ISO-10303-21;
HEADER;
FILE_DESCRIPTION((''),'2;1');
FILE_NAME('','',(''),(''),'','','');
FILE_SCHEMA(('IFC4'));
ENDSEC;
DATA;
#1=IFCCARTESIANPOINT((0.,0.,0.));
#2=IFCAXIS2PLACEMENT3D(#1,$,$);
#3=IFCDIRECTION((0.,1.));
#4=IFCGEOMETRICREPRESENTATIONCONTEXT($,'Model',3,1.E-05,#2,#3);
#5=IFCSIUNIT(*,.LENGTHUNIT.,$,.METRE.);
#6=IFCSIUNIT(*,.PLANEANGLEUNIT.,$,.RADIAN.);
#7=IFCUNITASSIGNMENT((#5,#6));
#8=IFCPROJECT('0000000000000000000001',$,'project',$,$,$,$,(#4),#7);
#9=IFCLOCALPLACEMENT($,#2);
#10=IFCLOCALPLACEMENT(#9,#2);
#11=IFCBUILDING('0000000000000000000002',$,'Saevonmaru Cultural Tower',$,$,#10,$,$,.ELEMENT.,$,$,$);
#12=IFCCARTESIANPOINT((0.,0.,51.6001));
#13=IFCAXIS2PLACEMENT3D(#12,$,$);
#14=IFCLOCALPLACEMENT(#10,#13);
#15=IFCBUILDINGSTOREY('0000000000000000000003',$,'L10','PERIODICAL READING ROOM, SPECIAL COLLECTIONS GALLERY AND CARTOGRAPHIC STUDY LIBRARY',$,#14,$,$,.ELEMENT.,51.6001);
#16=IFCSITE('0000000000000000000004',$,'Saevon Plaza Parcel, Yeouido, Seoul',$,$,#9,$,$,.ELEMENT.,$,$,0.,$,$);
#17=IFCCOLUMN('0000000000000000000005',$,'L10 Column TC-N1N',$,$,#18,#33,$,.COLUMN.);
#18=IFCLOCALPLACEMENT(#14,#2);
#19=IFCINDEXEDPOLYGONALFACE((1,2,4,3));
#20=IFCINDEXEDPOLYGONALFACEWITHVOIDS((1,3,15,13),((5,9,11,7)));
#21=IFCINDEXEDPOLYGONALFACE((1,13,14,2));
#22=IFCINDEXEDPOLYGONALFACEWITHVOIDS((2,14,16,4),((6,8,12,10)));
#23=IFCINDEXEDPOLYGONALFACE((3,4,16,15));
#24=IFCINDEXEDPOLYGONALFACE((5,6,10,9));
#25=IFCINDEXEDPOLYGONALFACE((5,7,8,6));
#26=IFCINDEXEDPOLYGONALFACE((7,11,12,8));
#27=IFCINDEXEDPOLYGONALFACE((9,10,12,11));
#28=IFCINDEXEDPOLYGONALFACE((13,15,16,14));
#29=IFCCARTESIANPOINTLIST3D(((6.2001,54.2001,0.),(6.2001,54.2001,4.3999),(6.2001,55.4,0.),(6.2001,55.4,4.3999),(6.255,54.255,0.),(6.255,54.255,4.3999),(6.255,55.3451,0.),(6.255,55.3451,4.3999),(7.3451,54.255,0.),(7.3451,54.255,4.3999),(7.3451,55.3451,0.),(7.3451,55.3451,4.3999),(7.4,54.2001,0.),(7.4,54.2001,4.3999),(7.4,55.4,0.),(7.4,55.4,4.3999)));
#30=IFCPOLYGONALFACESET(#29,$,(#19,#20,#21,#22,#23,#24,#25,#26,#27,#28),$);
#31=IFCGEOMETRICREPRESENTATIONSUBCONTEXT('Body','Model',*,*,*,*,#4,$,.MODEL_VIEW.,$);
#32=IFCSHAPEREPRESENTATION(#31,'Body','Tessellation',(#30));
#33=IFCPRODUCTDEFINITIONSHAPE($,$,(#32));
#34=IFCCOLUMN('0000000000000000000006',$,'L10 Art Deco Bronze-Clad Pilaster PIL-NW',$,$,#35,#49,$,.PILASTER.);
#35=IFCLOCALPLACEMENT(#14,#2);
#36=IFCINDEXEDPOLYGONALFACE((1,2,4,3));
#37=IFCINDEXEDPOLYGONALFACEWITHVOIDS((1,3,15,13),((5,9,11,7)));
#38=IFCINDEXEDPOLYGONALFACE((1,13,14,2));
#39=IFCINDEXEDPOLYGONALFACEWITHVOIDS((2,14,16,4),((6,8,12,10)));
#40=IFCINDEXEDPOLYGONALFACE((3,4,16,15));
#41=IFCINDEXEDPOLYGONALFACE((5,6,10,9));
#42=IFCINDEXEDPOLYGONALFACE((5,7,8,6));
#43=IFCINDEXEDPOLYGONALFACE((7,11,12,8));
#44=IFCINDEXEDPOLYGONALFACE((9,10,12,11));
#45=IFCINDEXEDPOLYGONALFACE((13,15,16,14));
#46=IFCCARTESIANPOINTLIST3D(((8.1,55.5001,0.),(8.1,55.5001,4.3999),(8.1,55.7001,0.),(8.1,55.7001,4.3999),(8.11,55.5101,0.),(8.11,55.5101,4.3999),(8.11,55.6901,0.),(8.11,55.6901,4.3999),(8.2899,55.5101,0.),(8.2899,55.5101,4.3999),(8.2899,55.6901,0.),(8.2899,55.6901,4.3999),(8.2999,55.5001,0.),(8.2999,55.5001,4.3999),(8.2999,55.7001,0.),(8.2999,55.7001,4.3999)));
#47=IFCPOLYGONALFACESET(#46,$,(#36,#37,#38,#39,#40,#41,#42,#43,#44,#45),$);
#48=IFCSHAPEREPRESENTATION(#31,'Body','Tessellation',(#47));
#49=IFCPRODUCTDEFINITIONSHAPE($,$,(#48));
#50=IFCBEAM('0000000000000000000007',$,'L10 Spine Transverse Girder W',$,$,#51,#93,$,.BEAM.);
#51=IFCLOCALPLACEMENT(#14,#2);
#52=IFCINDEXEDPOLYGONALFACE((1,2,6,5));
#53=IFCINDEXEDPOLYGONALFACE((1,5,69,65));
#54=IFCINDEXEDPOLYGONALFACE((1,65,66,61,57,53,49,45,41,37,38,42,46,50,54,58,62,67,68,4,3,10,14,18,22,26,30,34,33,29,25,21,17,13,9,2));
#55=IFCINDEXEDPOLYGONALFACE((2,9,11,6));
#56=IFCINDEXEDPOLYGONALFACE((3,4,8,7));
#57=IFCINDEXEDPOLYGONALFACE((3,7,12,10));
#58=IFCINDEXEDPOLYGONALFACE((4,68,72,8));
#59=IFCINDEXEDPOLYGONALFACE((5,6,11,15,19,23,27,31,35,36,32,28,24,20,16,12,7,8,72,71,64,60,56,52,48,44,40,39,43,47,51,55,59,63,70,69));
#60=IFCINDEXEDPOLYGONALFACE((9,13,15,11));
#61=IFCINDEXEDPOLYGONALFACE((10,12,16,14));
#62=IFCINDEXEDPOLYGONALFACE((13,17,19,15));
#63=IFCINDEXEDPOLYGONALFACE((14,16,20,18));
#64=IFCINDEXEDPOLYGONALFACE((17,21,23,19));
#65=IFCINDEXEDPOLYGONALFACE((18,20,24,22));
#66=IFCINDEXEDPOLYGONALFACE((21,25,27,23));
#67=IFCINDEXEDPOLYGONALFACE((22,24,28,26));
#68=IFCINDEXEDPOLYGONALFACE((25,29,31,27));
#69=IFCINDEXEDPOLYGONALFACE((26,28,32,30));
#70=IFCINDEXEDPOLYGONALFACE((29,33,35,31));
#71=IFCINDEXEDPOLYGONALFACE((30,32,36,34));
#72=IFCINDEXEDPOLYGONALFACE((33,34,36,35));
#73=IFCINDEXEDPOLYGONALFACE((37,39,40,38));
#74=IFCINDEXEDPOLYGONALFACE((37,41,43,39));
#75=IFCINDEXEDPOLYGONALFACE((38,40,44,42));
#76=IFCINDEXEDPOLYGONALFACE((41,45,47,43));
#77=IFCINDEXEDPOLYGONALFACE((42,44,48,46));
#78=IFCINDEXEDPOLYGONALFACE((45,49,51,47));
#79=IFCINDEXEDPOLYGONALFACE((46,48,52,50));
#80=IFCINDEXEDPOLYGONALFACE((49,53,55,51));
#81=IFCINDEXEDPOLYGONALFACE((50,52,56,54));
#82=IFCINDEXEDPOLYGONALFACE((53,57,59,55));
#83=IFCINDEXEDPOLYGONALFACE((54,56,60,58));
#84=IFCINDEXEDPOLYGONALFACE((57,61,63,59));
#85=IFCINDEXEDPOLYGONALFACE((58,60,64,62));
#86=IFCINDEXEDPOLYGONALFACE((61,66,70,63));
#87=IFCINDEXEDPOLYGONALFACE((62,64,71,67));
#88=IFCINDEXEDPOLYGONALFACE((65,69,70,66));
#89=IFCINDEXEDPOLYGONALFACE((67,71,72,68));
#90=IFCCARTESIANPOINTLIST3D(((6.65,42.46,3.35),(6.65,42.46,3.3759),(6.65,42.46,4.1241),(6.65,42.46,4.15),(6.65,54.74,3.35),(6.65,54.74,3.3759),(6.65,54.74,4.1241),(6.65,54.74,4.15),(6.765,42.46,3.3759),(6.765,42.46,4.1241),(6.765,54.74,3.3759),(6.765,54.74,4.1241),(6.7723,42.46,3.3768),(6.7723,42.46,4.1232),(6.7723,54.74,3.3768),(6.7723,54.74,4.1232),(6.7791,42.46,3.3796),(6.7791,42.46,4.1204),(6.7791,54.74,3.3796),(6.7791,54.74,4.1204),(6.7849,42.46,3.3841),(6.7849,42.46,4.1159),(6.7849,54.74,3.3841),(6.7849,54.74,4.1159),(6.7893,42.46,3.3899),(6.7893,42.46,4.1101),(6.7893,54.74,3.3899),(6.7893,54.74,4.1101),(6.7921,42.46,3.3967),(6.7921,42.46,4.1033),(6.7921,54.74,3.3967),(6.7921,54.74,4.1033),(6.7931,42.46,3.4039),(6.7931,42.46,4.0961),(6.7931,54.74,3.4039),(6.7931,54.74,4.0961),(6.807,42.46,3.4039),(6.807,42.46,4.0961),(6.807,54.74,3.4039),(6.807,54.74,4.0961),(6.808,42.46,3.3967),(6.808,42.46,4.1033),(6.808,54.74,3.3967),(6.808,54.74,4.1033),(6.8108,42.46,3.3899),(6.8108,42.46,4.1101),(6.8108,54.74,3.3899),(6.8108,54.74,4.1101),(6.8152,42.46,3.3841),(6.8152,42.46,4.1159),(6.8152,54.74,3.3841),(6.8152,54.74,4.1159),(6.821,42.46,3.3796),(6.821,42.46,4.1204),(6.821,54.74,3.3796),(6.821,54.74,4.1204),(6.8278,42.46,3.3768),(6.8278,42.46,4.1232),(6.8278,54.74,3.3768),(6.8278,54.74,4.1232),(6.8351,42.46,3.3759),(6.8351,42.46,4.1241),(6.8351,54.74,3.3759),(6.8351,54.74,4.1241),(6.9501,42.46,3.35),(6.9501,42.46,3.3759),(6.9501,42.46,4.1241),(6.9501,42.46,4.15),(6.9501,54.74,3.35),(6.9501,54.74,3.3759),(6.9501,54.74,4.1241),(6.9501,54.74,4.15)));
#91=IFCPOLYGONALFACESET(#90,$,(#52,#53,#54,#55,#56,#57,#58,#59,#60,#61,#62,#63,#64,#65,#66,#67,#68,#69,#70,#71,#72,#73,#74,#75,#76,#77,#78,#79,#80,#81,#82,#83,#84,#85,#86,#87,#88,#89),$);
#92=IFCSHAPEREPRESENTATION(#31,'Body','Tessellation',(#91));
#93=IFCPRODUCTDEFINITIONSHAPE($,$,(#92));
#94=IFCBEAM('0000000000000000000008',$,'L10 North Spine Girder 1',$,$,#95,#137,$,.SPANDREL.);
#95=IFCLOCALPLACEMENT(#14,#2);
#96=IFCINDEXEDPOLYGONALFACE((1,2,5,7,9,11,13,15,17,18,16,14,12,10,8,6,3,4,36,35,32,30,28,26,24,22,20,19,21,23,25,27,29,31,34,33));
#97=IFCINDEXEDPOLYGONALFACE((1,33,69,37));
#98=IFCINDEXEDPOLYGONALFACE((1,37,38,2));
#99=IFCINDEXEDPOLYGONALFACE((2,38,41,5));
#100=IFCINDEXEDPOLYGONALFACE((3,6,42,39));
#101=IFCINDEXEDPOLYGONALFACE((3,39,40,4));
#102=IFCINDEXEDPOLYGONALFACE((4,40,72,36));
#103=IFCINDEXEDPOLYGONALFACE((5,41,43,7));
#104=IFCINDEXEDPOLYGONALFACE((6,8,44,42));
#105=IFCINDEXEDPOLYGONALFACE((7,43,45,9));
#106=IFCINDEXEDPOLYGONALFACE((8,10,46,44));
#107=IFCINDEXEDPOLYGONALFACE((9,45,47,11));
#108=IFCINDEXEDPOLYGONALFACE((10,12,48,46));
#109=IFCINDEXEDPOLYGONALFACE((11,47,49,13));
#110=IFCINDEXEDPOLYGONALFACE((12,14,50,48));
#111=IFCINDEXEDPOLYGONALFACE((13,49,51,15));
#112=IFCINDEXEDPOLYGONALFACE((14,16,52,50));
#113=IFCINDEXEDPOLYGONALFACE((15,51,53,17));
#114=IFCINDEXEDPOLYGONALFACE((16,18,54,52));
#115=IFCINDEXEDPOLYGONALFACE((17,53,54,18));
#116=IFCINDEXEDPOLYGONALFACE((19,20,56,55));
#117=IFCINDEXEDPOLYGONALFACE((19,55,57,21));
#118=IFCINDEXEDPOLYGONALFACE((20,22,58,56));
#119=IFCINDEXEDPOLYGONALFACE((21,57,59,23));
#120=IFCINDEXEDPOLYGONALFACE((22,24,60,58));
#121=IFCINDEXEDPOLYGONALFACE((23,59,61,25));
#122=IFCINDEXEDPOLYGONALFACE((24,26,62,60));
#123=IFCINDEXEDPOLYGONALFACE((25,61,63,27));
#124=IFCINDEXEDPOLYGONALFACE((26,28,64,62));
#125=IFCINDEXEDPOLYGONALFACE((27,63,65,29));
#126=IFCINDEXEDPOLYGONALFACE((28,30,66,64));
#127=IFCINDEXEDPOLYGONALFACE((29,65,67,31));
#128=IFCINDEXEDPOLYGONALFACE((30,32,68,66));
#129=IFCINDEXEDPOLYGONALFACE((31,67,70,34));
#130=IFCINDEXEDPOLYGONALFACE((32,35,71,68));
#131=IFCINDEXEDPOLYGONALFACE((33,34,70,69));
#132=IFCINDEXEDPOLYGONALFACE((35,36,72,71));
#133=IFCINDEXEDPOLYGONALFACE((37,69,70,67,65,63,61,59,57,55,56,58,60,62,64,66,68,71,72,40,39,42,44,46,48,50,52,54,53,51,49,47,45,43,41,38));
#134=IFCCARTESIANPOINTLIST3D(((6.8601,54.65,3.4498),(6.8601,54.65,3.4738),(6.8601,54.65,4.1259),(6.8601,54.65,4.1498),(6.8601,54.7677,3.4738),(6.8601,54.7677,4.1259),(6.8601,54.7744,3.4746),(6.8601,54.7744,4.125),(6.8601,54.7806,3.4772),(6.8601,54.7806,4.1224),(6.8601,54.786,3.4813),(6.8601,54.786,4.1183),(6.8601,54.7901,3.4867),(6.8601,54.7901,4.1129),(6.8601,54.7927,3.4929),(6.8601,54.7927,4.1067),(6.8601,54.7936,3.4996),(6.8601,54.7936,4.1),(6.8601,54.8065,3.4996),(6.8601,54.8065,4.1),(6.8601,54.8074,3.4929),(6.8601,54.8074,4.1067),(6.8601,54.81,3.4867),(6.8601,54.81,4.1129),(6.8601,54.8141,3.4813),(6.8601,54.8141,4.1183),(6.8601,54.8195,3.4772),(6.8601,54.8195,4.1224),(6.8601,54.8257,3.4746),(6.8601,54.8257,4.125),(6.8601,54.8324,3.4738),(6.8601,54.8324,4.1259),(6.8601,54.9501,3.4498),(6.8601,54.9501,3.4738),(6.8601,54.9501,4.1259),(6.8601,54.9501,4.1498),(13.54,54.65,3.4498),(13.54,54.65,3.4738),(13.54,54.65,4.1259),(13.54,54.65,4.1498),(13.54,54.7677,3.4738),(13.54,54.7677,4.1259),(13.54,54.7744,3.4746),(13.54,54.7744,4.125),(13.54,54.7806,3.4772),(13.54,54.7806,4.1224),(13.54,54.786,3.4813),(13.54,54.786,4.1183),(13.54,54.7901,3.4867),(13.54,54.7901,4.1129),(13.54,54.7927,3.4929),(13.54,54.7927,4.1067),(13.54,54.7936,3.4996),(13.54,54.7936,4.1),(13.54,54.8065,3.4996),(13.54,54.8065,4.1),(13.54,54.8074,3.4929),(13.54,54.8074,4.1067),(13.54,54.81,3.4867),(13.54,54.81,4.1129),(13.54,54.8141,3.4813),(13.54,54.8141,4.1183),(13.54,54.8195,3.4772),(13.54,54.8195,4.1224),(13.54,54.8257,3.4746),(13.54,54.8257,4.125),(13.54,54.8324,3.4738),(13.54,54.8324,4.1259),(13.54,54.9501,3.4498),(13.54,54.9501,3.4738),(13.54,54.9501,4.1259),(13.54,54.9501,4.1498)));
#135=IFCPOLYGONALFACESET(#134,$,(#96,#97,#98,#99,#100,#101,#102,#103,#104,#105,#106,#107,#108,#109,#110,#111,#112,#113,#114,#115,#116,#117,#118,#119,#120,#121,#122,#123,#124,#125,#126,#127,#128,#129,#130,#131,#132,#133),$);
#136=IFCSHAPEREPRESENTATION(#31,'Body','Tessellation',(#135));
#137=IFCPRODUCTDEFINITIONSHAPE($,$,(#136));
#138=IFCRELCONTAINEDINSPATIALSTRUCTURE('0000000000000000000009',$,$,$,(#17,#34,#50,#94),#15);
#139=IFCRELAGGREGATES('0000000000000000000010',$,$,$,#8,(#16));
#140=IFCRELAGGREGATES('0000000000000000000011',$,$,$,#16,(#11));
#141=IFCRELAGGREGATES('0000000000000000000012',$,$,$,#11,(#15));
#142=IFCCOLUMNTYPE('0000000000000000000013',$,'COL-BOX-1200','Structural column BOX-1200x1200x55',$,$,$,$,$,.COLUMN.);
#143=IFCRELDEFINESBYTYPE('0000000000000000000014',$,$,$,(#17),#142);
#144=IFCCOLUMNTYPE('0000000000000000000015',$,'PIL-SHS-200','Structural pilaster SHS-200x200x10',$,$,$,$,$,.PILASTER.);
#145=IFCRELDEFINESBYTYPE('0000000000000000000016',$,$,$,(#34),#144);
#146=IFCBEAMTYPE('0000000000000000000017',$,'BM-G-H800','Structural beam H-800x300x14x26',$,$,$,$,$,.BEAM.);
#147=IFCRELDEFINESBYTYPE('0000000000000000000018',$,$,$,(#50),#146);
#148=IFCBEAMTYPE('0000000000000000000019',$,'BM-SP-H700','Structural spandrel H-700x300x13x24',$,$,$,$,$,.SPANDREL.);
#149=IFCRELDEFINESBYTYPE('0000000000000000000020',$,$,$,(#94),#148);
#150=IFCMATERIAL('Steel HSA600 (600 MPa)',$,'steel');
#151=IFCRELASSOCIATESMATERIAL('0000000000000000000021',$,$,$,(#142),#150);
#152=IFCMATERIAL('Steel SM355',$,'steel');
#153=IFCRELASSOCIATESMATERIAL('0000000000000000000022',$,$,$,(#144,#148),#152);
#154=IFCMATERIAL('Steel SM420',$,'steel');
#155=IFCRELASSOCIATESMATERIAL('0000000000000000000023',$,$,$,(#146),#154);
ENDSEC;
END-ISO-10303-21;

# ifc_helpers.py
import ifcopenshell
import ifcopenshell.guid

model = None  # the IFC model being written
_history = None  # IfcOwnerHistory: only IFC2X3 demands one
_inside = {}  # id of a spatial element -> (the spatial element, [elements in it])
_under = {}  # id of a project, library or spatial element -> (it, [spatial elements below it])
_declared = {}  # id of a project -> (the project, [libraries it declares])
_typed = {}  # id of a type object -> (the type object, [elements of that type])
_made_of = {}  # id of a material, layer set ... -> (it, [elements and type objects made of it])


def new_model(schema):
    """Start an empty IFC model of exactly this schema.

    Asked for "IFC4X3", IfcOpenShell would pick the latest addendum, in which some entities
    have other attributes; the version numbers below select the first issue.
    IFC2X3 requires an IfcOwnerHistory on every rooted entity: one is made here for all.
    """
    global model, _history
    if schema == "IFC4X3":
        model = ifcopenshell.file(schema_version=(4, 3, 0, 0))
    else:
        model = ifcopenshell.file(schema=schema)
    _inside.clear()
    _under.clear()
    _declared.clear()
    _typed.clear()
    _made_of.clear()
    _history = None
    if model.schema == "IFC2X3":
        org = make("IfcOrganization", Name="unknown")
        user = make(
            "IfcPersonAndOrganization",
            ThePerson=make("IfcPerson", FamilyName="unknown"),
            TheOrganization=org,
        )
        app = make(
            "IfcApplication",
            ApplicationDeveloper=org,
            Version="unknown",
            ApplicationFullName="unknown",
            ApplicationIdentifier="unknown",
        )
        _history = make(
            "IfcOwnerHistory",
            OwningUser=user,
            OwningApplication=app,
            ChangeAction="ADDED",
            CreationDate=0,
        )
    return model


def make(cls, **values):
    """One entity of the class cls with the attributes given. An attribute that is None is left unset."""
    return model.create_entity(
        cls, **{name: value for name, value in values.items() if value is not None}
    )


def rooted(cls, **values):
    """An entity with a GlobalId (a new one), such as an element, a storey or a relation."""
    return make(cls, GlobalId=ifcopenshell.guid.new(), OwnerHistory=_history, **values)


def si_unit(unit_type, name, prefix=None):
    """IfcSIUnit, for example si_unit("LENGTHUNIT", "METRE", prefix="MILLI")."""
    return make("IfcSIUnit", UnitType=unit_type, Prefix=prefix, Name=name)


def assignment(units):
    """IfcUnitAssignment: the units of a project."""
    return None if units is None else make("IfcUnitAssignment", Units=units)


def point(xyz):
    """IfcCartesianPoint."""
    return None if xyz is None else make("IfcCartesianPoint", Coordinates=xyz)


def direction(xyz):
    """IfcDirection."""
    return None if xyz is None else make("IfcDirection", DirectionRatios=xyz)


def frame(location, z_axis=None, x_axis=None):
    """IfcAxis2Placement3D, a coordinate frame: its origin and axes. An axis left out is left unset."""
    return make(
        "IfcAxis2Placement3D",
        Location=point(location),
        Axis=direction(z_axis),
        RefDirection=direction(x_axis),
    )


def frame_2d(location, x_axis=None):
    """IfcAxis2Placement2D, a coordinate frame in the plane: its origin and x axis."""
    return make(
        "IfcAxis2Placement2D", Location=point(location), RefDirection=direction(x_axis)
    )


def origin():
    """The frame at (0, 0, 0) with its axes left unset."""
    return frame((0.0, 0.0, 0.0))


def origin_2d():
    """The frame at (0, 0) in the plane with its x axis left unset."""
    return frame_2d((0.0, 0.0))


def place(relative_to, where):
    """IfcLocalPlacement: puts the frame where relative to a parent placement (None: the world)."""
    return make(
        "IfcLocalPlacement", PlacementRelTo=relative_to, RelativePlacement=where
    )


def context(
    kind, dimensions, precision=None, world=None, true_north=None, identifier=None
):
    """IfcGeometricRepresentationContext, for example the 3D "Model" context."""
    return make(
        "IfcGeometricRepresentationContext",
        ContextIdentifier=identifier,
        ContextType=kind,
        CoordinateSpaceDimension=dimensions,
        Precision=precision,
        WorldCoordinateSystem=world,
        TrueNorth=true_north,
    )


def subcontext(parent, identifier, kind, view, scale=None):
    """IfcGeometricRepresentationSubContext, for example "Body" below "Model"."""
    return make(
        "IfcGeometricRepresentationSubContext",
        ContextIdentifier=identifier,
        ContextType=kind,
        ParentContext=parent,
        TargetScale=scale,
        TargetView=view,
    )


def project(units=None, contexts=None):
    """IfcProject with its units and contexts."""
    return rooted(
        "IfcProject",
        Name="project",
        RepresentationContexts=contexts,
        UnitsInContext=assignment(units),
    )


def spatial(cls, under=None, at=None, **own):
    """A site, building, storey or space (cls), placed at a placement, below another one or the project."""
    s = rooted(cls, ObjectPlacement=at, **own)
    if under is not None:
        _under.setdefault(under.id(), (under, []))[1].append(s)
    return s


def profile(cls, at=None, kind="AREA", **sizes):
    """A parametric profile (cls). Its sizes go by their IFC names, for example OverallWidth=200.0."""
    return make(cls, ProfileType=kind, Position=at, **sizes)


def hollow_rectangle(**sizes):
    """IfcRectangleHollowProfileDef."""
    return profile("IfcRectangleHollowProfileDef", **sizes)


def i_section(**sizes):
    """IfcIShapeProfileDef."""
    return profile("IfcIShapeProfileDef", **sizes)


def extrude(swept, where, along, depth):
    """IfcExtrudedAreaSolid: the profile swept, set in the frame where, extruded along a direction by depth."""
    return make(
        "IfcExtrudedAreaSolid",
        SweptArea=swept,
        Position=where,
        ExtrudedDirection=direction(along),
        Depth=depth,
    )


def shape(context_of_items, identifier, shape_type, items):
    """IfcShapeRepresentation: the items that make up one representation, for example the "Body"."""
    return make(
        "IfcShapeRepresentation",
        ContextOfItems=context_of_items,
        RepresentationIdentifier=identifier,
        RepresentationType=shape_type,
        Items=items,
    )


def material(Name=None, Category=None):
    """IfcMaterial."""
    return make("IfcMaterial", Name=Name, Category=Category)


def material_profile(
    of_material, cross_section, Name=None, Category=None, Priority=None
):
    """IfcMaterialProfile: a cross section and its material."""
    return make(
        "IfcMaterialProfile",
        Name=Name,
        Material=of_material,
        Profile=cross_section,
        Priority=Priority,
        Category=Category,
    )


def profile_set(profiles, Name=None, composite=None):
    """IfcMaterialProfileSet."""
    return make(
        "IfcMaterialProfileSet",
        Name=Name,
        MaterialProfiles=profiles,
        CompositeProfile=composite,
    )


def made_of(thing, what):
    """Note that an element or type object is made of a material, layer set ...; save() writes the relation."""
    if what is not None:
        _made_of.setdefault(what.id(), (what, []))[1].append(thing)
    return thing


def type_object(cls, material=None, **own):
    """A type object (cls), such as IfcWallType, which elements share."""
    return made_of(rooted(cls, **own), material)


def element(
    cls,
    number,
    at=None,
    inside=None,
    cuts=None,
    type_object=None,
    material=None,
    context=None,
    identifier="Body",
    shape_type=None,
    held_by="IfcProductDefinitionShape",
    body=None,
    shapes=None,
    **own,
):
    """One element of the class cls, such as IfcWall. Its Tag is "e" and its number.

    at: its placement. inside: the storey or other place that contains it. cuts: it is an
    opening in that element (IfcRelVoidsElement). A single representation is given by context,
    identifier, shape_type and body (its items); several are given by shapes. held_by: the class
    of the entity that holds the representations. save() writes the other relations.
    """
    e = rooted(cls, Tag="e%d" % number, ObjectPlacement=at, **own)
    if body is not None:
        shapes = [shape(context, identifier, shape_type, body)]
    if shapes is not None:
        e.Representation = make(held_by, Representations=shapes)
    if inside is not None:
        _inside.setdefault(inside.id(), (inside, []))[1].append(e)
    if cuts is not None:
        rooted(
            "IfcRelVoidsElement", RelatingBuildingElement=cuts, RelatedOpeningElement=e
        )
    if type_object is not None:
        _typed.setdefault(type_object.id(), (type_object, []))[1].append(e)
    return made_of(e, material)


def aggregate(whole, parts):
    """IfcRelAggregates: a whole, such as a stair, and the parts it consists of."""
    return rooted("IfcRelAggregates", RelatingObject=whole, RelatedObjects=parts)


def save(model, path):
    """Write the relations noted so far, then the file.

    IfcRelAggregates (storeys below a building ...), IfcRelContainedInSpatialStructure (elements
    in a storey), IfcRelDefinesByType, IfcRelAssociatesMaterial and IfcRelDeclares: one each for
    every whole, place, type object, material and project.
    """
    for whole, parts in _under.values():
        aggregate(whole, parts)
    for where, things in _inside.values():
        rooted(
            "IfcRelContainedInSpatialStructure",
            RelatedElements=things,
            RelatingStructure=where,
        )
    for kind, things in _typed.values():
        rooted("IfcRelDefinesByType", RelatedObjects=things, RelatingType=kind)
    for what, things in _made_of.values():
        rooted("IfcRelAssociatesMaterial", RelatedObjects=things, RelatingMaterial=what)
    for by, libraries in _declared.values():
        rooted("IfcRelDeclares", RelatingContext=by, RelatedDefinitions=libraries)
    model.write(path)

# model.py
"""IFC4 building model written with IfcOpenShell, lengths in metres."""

from ifc_helpers import new_model, si_unit, direction, frame, origin, origin_2d, place, context, subcontext, project, spatial, hollow_rectangle, i_section, extrude, material, material_profile, profile_set, type_object, element, save


model = new_model("IFC4")

# Units and contexts
model_context = context("Model", 3, precision=1e-05, world=origin(), true_north=direction((0.0, 1.0)))
body_context = subcontext(model_context, "Body", "Model", "MODEL_VIEW")
ifc_project = project(units=[si_unit("LENGTHUNIT", "METRE"), si_unit("PLANEANGLEUNIT", "RADIAN")], contexts=[model_context])

# Site, building, storey
site_placement = place(None, origin())
site = spatial("IfcSite", under=ifc_project, at=site_placement, Name="Saevon Plaza Parcel, Yeouido, Seoul", CompositionType="ELEMENT", RefElevation=0.0)
building_placement = place(site_placement, origin())
building = spatial("IfcBuilding", under=site, at=building_placement, Name="Saevonmaru Cultural Tower", CompositionType="ELEMENT")
storey_placement = place(building_placement, frame((0.0, 0.0, 51.6001)))
storey = spatial("IfcBuildingStorey", under=building, at=storey_placement, Name="L10", Description="PERIODICAL READING ROOM, SPECIAL COLLECTIONS GALLERY AND CARTOGRAPHIC STUDY LIBRARY", CompositionType="ELEMENT", Elevation=51.6001)

# Columns
ifc_material_1 = material(Name="Steel HSA600 (600 MPa)", Category="steel")
ifc_material_profile_1 = material_profile(ifc_material_1, hollow_rectangle(XDim=1.2, YDim=1.2, WallThickness=0.0549, at=origin_2d()), Name="BOX-1200x1200x55")
ifc_profile_set_1 = profile_set([ifc_material_profile_1], Name="Steel HSA600 (600 MPa)")
column_type_1 = type_object("IfcColumnType", Name="COL-BOX-1200", Description="Structural column BOX-1200x1200x55", PredefinedType="COLUMN", material=ifc_profile_set_1)
column_1_placement = place(storey_placement, frame((6.8, 54.8, 0.0), z_axis=(0.0, 0.0, 1.0), x_axis=(1.0, 0.0, 0.0)))
element("IfcColumn", 1, at=column_1_placement, inside=storey, type_object=column_type_1, Name="L10 Column TC-N1N", PredefinedType="COLUMN", context=body_context, shape_type="SweptSolid", body=[
    extrude(hollow_rectangle(XDim=1.2, YDim=1.2, WallThickness=0.0549, at=origin_2d()), origin(), (0.0, 0.0, 1.0), 4.3999),
])
ifc_material_2 = material(Name="Steel SM355", Category="steel")
ifc_material_profile_2 = material_profile(ifc_material_2, hollow_rectangle(XDim=0.2, YDim=0.2, WallThickness=0.01, at=origin_2d()), Name="SHS-200x200x10")
ifc_profile_set_2 = profile_set([ifc_material_profile_2], Name="Steel SM355")
column_type_2 = type_object("IfcColumnType", Name="PIL-SHS-200", Description="Structural pilaster SHS-200x200x10", PredefinedType="PILASTER", material=ifc_profile_set_2)
column_2_placement = place(storey_placement, frame((8.2, 55.6001, 0.0), z_axis=(0.0, 0.0, 1.0), x_axis=(1.0, 0.0, 0.0)))
element("IfcColumn", 2, at=column_2_placement, inside=storey, type_object=column_type_2, Name="L10 Art Deco Bronze-Clad Pilaster PIL-NW", PredefinedType="PILASTER", context=body_context, shape_type="SweptSolid", body=[
    extrude(hollow_rectangle(XDim=0.2, YDim=0.2, WallThickness=0.01, at=origin_2d()), origin(), (0.0, 0.0, 1.0), 4.3999),
])

# Beams
ifc_material_3 = material(Name="Steel SM420", Category="steel")
ifc_material_profile_3 = material_profile(ifc_material_3, i_section(OverallWidth=0.3, OverallDepth=0.8, WebThickness=0.0139, FlangeThickness=0.0259, FilletRadius=0.0281, at=origin_2d()), Name="H-800x300x14x26")
ifc_profile_set_3 = profile_set([ifc_material_profile_3], Name="Steel SM420")
beam_type_1 = type_object("IfcBeamType", Name="BM-G-H800", Description="Structural beam H-800x300x14x26", PredefinedType="BEAM", material=ifc_profile_set_3)
beam_1_placement = place(storey_placement, frame((6.8, 54.74, 3.75), z_axis=(0.0, -1.0, 0.0), x_axis=(1.0, 0.0, 0.0)))
element("IfcBeam", 3, at=beam_1_placement, inside=storey, type_object=beam_type_1, Name="L10 Spine Transverse Girder W", PredefinedType="BEAM", context=body_context, shape_type="SweptSolid", body=[
    extrude(i_section(OverallWidth=0.3, OverallDepth=0.8, WebThickness=0.0139, FlangeThickness=0.0259, FilletRadius=0.0281, at=origin_2d()), origin(), (0.0, 0.0, 1.0), 12.28),
])
ifc_material_profile_4 = material_profile(ifc_material_2, i_section(OverallWidth=0.3, OverallDepth=0.7, WebThickness=0.0129, FlangeThickness=0.0239, FilletRadius=0.0259, at=origin_2d()), Name="H-700x300x13x24")
ifc_profile_set_4 = profile_set([ifc_material_profile_4], Name="Steel SM355")
beam_type_2 = type_object("IfcBeamType", Name="BM-SP-H700", Description="Structural spandrel H-700x300x13x24", PredefinedType="SPANDREL", material=ifc_profile_set_4)
beam_2_placement = place(storey_placement, frame((6.8601, 54.8, 3.7998), z_axis=(1.0, 0.0, 0.0), x_axis=(0.0, 1.0, 0.0)))
element("IfcBeam", 4, at=beam_2_placement, inside=storey, type_object=beam_type_2, Name="L10 North Spine Girder 1", PredefinedType="SPANDREL", context=body_context, shape_type="SweptSolid", body=[
    extrude(i_section(OverallWidth=0.3, OverallDepth=0.7, WebThickness=0.0129, FlangeThickness=0.0239, FilletRadius=0.0259, at=origin_2d()), origin(), (0.0, 0.0, 1.0), 6.6799),
])

save(model, "model.ifc")
